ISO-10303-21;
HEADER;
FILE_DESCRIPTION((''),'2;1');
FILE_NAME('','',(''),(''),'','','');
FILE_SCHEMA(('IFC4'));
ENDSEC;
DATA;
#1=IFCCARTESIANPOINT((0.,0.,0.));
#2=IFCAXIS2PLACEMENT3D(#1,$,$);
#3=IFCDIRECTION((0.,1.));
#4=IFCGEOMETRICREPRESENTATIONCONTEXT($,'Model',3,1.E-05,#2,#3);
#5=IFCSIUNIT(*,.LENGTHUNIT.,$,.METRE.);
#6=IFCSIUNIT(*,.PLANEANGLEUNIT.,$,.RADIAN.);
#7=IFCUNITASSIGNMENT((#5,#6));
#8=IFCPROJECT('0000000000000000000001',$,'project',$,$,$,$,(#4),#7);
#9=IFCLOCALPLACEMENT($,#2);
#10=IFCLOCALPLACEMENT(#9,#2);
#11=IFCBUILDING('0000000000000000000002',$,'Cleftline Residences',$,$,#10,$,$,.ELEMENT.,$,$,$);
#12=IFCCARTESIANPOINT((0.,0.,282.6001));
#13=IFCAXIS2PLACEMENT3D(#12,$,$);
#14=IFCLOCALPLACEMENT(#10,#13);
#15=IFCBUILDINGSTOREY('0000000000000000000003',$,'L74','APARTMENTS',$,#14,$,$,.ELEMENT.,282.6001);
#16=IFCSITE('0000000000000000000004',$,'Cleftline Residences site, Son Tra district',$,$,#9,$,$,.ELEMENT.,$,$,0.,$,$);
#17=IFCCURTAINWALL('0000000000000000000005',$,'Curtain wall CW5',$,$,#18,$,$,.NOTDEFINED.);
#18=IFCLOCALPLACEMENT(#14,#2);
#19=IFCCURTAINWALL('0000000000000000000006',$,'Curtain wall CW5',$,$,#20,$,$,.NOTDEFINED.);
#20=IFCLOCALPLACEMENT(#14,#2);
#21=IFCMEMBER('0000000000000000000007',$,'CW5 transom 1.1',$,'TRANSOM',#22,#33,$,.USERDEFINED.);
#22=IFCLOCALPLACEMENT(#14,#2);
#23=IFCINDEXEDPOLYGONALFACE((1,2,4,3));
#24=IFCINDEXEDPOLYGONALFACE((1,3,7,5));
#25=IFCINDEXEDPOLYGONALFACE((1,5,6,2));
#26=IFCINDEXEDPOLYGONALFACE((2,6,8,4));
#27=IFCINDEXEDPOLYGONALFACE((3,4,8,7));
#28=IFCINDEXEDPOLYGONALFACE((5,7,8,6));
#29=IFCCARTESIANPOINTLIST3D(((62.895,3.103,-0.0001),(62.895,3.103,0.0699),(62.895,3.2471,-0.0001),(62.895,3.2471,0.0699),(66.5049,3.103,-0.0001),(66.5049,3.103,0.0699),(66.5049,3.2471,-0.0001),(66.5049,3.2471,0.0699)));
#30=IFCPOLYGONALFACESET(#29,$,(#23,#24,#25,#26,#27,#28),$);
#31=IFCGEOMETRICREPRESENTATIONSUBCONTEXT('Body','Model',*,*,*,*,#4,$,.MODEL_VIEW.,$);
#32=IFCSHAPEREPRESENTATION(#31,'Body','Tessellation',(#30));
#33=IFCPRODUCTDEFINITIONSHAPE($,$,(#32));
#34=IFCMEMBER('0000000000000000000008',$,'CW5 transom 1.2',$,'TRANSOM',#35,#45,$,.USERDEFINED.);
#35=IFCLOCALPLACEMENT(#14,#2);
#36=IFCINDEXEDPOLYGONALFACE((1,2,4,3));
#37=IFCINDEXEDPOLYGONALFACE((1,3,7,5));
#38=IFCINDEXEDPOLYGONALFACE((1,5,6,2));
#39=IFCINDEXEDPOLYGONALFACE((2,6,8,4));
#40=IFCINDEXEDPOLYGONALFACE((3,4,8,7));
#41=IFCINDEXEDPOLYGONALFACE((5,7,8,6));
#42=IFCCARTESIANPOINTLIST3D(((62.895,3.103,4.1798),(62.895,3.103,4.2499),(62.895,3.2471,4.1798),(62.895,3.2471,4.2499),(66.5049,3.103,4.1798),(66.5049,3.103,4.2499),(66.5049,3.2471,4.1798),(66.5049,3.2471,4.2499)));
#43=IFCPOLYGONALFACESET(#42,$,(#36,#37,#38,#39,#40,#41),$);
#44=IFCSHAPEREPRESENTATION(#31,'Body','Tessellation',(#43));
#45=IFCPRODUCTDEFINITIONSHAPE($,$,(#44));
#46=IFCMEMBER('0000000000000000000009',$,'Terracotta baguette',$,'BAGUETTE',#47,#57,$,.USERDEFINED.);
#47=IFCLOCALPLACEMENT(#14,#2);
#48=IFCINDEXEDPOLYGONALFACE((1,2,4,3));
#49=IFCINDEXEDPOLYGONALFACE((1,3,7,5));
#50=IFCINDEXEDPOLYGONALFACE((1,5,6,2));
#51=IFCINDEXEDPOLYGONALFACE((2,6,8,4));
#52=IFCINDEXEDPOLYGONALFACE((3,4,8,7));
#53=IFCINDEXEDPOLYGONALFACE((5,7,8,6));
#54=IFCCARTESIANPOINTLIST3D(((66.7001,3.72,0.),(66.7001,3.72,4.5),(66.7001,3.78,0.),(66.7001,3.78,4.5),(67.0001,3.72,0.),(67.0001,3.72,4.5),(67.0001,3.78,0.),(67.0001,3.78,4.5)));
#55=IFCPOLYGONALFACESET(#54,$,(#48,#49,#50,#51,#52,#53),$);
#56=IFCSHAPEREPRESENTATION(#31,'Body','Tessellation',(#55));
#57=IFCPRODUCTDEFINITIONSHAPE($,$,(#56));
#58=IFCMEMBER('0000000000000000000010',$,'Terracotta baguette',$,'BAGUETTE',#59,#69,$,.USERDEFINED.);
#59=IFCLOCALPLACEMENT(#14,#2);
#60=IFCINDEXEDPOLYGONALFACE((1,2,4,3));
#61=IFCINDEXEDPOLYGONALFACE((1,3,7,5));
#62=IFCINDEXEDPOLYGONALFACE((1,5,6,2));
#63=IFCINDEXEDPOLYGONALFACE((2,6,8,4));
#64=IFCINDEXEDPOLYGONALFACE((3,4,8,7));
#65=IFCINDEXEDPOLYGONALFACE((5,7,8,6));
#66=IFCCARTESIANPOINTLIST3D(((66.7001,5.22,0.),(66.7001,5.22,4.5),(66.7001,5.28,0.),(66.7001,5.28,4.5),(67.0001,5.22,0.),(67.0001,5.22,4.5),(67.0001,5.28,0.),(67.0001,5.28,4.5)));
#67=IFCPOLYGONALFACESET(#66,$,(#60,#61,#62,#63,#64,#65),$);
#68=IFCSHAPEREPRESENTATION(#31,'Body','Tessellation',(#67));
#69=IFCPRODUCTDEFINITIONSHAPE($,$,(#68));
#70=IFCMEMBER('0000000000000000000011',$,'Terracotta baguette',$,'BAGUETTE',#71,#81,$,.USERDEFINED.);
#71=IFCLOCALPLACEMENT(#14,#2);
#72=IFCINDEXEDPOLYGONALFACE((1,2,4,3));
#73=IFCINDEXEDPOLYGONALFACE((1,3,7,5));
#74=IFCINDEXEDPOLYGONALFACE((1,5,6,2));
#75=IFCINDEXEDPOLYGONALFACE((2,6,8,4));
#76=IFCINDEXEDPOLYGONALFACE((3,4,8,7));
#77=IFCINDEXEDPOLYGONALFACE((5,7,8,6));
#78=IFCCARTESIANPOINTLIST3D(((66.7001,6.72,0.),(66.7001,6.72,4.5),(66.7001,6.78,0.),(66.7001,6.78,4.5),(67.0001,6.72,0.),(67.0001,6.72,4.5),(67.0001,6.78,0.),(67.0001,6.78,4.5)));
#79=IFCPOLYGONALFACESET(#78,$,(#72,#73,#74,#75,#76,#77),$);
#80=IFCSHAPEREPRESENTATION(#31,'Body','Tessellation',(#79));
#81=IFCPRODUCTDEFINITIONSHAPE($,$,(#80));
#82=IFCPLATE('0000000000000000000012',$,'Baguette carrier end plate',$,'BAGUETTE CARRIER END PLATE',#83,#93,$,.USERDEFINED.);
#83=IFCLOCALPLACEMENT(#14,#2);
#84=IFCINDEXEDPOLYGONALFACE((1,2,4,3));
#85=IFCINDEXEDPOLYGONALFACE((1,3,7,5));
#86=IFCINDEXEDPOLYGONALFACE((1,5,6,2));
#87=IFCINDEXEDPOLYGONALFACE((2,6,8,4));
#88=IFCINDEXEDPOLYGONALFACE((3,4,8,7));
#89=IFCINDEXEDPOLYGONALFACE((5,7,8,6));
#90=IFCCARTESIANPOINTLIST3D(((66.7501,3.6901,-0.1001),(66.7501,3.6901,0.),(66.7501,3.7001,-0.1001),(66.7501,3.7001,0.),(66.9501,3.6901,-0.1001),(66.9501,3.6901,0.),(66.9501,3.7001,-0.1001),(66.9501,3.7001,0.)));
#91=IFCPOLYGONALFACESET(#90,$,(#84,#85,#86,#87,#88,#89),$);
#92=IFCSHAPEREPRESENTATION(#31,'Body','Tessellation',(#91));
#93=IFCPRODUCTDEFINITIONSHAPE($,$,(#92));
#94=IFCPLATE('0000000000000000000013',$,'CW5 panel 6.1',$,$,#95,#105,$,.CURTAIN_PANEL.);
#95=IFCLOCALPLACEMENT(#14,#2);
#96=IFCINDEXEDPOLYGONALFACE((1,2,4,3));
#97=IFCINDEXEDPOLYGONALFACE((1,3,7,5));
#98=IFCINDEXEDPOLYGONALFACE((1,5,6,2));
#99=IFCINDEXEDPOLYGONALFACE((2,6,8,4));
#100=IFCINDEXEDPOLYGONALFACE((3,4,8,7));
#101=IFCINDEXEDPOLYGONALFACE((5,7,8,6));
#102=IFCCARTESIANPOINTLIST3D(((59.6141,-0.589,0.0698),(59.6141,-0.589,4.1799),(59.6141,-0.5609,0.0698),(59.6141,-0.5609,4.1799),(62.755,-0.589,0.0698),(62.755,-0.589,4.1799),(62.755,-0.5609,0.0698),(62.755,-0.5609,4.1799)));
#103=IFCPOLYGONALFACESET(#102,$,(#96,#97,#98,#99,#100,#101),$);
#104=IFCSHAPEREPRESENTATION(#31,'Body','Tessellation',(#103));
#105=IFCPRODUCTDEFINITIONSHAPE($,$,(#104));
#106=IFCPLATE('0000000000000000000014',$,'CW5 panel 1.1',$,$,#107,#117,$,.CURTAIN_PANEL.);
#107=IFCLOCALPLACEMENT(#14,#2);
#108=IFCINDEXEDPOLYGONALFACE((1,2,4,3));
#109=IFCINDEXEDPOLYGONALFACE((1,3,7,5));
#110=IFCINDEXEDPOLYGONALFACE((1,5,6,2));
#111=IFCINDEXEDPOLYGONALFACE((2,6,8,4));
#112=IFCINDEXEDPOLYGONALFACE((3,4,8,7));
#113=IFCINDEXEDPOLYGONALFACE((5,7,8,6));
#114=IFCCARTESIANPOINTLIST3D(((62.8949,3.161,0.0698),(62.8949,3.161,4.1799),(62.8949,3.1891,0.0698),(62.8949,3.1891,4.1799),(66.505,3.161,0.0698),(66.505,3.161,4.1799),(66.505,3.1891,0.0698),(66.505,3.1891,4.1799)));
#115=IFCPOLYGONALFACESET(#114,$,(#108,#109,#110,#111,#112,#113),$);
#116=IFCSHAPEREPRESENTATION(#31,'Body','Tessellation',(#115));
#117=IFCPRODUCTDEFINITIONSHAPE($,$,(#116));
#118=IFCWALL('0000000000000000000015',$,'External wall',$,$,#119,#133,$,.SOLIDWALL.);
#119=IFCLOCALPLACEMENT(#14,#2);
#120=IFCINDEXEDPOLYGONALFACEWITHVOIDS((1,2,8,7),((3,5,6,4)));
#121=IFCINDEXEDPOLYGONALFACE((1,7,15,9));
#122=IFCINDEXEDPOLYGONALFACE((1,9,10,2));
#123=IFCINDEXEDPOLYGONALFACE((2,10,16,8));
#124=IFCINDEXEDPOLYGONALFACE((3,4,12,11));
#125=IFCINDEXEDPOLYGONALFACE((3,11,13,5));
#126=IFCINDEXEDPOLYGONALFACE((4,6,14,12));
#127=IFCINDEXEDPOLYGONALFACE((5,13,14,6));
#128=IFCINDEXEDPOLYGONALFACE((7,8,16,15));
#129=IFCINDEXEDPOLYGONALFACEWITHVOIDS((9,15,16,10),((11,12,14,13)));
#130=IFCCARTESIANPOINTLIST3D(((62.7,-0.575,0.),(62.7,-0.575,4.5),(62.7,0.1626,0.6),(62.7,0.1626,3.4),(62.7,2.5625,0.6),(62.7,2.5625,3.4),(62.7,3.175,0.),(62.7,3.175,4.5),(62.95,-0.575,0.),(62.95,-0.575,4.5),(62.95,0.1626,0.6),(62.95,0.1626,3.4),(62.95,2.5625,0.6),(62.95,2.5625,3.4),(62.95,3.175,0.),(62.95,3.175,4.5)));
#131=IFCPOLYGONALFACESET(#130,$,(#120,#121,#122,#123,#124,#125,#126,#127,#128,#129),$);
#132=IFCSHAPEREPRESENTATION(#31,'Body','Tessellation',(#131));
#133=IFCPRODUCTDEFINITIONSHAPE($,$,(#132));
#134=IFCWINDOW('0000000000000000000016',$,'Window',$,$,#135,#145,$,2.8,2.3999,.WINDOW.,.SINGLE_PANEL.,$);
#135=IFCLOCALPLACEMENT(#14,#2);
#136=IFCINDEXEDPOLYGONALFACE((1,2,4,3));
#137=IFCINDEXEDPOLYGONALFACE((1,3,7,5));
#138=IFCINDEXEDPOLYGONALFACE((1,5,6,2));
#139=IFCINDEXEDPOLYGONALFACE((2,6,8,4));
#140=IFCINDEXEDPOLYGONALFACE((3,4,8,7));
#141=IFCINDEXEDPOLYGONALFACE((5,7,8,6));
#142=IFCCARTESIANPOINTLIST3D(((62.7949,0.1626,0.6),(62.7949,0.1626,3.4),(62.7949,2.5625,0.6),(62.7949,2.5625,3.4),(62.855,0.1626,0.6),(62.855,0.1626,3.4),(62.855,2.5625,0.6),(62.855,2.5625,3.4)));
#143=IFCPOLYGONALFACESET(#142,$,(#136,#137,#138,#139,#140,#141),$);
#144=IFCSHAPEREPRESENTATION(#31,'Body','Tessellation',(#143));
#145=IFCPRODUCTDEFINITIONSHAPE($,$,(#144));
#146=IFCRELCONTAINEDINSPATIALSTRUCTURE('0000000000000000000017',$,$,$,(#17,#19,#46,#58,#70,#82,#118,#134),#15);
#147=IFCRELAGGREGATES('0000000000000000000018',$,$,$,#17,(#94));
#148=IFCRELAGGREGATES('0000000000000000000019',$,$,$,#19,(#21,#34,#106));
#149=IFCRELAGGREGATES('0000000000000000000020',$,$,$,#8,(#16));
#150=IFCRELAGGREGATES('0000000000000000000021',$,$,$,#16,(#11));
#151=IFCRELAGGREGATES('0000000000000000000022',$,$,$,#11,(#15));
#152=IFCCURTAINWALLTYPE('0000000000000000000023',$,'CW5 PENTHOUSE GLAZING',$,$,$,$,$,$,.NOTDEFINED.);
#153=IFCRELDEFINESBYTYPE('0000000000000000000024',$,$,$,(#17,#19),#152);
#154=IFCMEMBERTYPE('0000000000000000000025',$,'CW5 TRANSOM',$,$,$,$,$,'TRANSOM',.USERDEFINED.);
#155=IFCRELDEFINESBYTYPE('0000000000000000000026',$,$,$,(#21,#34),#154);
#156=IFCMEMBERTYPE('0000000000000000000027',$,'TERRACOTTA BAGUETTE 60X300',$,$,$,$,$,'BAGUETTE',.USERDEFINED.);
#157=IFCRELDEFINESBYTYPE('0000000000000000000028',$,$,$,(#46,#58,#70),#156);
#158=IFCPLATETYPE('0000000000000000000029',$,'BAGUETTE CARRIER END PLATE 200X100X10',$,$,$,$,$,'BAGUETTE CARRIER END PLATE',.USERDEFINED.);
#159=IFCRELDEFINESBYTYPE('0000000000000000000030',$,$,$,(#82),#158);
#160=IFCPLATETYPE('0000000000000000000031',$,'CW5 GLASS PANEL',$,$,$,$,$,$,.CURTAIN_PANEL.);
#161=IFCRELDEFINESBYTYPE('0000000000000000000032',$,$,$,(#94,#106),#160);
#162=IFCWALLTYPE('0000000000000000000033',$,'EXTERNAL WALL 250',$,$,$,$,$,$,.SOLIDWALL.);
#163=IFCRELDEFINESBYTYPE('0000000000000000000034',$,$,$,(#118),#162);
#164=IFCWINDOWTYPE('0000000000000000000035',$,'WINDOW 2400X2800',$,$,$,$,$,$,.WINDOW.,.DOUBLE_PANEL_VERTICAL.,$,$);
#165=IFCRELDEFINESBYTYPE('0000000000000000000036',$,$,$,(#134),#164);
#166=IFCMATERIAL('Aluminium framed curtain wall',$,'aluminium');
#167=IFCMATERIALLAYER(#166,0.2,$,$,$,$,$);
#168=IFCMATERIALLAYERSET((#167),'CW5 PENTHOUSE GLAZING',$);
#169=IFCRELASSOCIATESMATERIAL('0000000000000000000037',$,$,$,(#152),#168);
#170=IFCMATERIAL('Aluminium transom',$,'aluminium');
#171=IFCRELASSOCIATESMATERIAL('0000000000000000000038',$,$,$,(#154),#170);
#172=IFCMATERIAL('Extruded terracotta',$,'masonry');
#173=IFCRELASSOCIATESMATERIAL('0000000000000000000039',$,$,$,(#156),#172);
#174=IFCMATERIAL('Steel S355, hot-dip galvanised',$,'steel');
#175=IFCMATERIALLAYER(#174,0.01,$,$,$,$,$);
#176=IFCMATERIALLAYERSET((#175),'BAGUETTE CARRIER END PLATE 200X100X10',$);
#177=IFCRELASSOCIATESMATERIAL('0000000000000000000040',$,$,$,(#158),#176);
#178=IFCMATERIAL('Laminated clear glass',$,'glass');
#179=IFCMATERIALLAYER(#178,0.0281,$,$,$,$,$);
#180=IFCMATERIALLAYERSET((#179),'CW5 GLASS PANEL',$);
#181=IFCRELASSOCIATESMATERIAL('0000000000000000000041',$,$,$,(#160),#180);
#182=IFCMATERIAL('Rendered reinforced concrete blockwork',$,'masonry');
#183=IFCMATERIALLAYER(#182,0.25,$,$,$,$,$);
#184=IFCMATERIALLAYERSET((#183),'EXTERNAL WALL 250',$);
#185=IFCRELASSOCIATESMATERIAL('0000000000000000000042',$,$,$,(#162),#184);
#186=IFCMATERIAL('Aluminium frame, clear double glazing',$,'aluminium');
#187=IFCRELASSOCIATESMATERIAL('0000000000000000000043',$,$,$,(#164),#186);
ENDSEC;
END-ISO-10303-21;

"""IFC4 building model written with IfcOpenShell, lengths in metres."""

from ifc_helpers import new_model, si_unit, direction, frame, frame_2d, origin, origin_2d, place, context, subcontext, project, spatial, rectangle, extrude, material, layer, layer_set, material_profile, profile_set, type_object, element, fill, aggregate, save


model = new_model("IFC4")

# Units and contexts
model_context = context("Model", 3, precision=1e-05, world=origin(), true_north=direction((0.0, 1.0)))
body_context = subcontext(model_context, "Body", "Model", "MODEL_VIEW")
ifc_project = project(units=[si_unit("LENGTHUNIT", "METRE"), si_unit("PLANEANGLEUNIT", "RADIAN")], contexts=[model_context])

# Site, building, storey
site_placement = place(None, origin())
site = spatial("IfcSite", under=ifc_project, at=site_placement, Name="Cleftline Residences site, Son Tra district", CompositionType="ELEMENT", RefElevation=0.0)
building_placement = place(site_placement, origin())
building = spatial("IfcBuilding", under=site, at=building_placement, Name="Cleftline Residences", CompositionType="ELEMENT")
storey_placement = place(building_placement, frame((0.0, 0.0, 282.6001)))
storey = spatial("IfcBuildingStorey", under=building, at=storey_placement, Name="L74", Description="APARTMENTS", CompositionType="ELEMENT", Elevation=282.6001)

# Curtain wall
ifc_material_1 = material(Name="Aluminium framed curtain wall", Category="aluminium")
ifc_layer_1 = layer(ifc_material_1, 0.2)
ifc_layer_set_1 = layer_set([ifc_layer_1], Name="CW5 PENTHOUSE GLAZING")
curtain_wall_type = type_object("IfcCurtainWallType", Name="CW5 PENTHOUSE GLAZING", PredefinedType="NOTDEFINED", material=ifc_layer_set_1)
curtain_wall_1_placement = place(storey_placement, origin())
curtain_wall_1 = element("IfcCurtainWall", 1, at=curtain_wall_1_placement, inside=storey, type_object=curtain_wall_type, Name="Curtain wall CW5", PredefinedType="NOTDEFINED")

# Curtain wall, members
curtain_wall_2_placement = place(storey_placement, origin())
curtain_wall_2 = element("IfcCurtainWall", 2, at=curtain_wall_2_placement, inside=storey, type_object=curtain_wall_type, Name="Curtain wall CW5", PredefinedType="NOTDEFINED")
ifc_material_2 = material(Name="Aluminium transom", Category="aluminium")
ifc_material_profile_1 = material_profile(ifc_material_2, rectangle(XDim=0.144, YDim=0.0701, at=origin_2d()))
ifc_profile_set_1 = profile_set([ifc_material_profile_1], Name="Aluminium transom")
member_type_1 = type_object("IfcMemberType", Name="CW5 TRANSOM", ElementType="TRANSOM", PredefinedType="USERDEFINED", material=ifc_profile_set_1)
member_1_placement = place(storey_placement, frame((62.895, 3.175, 0.0349), z_axis=(1.0, 0.0, 0.0), x_axis=(0.0, 1.0, 0.0)))
member_1 = element("IfcMember", 3, at=member_1_placement, type_object=member_type_1, Name="CW5 transom 1.1", ObjectType="TRANSOM", PredefinedType="USERDEFINED", context=body_context, shape_type="SweptSolid", body=[
    extrude(rectangle(XDim=0.144, YDim=0.0701, at=origin_2d()), origin(), (0.0, 0.0, 1.0), 3.6099),
])
member_2_placement = place(storey_placement, frame((62.895, 3.175, 4.2148), z_axis=(1.0, 0.0, 0.0), x_axis=(0.0, 1.0, 0.0)))
member_2 = element("IfcMember", 4, at=member_2_placement, type_object=member_type_1, Name="CW5 transom 1.2", ObjectType="TRANSOM", PredefinedType="USERDEFINED", context=body_context, shape_type="SweptSolid", body=[
    extrude(rectangle(XDim=0.144, YDim=0.0701, at=origin_2d()), origin(), (0.0, 0.0, 1.0), 3.6099),
])

# Members
ifc_material_3 = material(Name="Extruded terracotta", Category="masonry")
ifc_material_profile_2 = material_profile(ifc_material_3, rectangle(XDim=0.0601, YDim=0.3, at=origin_2d()))
ifc_profile_set_2 = profile_set([ifc_material_profile_2], Name="Extruded terracotta")
member_type_2 = type_object("IfcMemberType", Name="TERRACOTTA BAGUETTE 60X300", ElementType="BAGUETTE", PredefinedType="USERDEFINED", material=ifc_profile_set_2)
for number, where, z_axis, x_axis, name in (
    (5, (66.8501, 3.75, 0.0), (0.0, 0.0, 1.0), (0.0, 1.0, 0.0), "Terracotta baguette"),
    (6, (66.8501, 5.25, 0.0), (0.0, 0.0, 1.0), (0.0, 1.0, 0.0), "Terracotta baguette"),
    (7, (66.8501, 6.75, 0.0), (0.0, 0.0, 1.0), (0.0, 1.0, 0.0), "Terracotta baguette"),
):
    element("IfcMember", number, at=place(storey_placement, frame(where, z_axis=z_axis, x_axis=x_axis)), inside=storey, type_object=member_type_2, Name=name, ObjectType="BAGUETTE", PredefinedType="USERDEFINED", context=body_context, shape_type="SweptSolid", body=[
        extrude(rectangle(XDim=0.0601, YDim=0.3, at=origin_2d()), origin(), (0.0, 0.0, 1.0), 4.5),
    ])

# Plates
ifc_material_4 = material(Name="Steel S355, hot-dip galvanised", Category="steel")
ifc_layer_2 = layer(ifc_material_4, 0.01)
ifc_layer_set_2 = layer_set([ifc_layer_2], Name="BAGUETTE CARRIER END PLATE 200X100X10")
plate_type_1 = type_object("IfcPlateType", Name="BAGUETTE CARRIER END PLATE 200X100X10", ElementType="BAGUETTE CARRIER END PLATE", PredefinedType="USERDEFINED", material=ifc_layer_set_2)
plate_1_placement = place(storey_placement, frame((66.8501, 3.6951, -0.1001), z_axis=(0.0, 0.0, 1.0), x_axis=(1.0, 0.0, 0.0)))
element("IfcPlate", 8, at=plate_1_placement, inside=storey, type_object=plate_type_1, Name="Baguette carrier end plate", ObjectType="BAGUETTE CARRIER END PLATE", PredefinedType="USERDEFINED", context=body_context, shape_type="SweptSolid", body=[
    extrude(rectangle(XDim=0.2, YDim=0.01, at=origin_2d()), origin(), (0.0, 0.0, 1.0), 0.1001),
])
ifc_material_5 = material(Name="Laminated clear glass", Category="glass")
ifc_layer_3 = layer(ifc_material_5, 0.0281)
ifc_layer_set_3 = layer_set([ifc_layer_3], Name="CW5 GLASS PANEL")
plate_type_2 = type_object("IfcPlateType", Name="CW5 GLASS PANEL", PredefinedType="CURTAIN_PANEL", material=ifc_layer_set_3)
plate_2_placement = place(storey_placement, frame((61.1846, -0.575, 0.0698), z_axis=(0.0, 0.0, 1.0), x_axis=(1.0, 0.0, 0.0)))
plate_2 = element("IfcPlate", 9, at=plate_2_placement, type_object=plate_type_2, Name="CW5 panel 6.1", PredefinedType="CURTAIN_PANEL", context=body_context, shape_type="SweptSolid", body=[
    extrude(rectangle(XDim=3.1409, YDim=0.0281, at=origin_2d()), origin(), (0.0, 0.0, 1.0), 4.1101),
])
aggregate(curtain_wall_1, [plate_2])
plate_3_placement = place(storey_placement, frame((64.7, 3.175, 0.0698), z_axis=(0.0, 0.0, 1.0), x_axis=(1.0, 0.0, 0.0)))
plate_3 = element("IfcPlate", 10, at=plate_3_placement, type_object=plate_type_2, Name="CW5 panel 1.1", PredefinedType="CURTAIN_PANEL", context=body_context, shape_type="SweptSolid", body=[
    extrude(rectangle(XDim=3.6101, YDim=0.0281, at=origin_2d()), origin(), (0.0, 0.0, 1.0), 4.1101),
])
aggregate(curtain_wall_2, [member_1, member_2, plate_3])

# Wall, opening, window
ifc_material_6 = material(Name="Rendered reinforced concrete blockwork", Category="masonry")
ifc_layer_4 = layer(ifc_material_6, 0.25)
ifc_layer_set_4 = layer_set([ifc_layer_4], Name="EXTERNAL WALL 250")
wall_type = type_object("IfcWallType", Name="EXTERNAL WALL 250", PredefinedType="SOLIDWALL", material=ifc_layer_set_4)
wall_1_placement = place(storey_placement, frame((62.825, -0.575, 0.0), z_axis=(0.0, 0.0, 1.0), x_axis=(0.0, 1.0, 0.0)))
wall_1 = element("IfcWall", 11, at=wall_1_placement, inside=storey, type_object=wall_type, Name="External wall", PredefinedType="SOLIDWALL", context=body_context, shape_type="SweptSolid", body=[
    extrude(rectangle(XDim=3.75, YDim=0.25, at=frame_2d((1.875, 0.0))), origin(), (0.0, 0.0, 1.0), 4.5),
])
opening_1_placement = place(wall_1_placement, frame((0.7375, 0.0, 0.6001)))
opening_1 = element("IfcOpeningElement", 12, at=opening_1_placement, cuts=wall_1, PredefinedType="OPENING", context=body_context, shape_type="SweptSolid", body=[
    extrude(rectangle(XDim=2.3999, YDim=2.8, at=frame_2d((1.2, 1.3999))), frame((0.0, 0.135, 0.0), z_axis=(0.0, -1.0, 0.0), x_axis=(1.0, 0.0, 0.0)), (0.0, 0.0, 1.0), 0.27),
])
ifc_material_7 = material(Name="Aluminium frame, clear double glazing", Category="aluminium")
window_type_1 = type_object("IfcWindowType", Name="WINDOW 2400X2800", PartitioningType="DOUBLE_PANEL_VERTICAL", PredefinedType="WINDOW", material=ifc_material_7)
window_1_placement = place(opening_1_placement, origin())
window_1 = element("IfcWindow", 13, at=window_1_placement, inside=storey, type_object=window_type_1, Name="Window", OverallHeight=2.8, OverallWidth=2.3999, PartitioningType="SINGLE_PANEL", PredefinedType="WINDOW", context=body_context, shape_type="SweptSolid", body=[
    extrude(rectangle(XDim=2.3999, YDim=2.8, at=frame_2d((1.2, 1.3999))), frame((0.0, 0.03, 0.0), z_axis=(0.0, -1.0, 0.0), x_axis=(1.0, 0.0, 0.0)), (0.0, 0.0, 1.0), 0.0601),
])
fill(opening_1, window_1)

save(model, "model.ifc")
